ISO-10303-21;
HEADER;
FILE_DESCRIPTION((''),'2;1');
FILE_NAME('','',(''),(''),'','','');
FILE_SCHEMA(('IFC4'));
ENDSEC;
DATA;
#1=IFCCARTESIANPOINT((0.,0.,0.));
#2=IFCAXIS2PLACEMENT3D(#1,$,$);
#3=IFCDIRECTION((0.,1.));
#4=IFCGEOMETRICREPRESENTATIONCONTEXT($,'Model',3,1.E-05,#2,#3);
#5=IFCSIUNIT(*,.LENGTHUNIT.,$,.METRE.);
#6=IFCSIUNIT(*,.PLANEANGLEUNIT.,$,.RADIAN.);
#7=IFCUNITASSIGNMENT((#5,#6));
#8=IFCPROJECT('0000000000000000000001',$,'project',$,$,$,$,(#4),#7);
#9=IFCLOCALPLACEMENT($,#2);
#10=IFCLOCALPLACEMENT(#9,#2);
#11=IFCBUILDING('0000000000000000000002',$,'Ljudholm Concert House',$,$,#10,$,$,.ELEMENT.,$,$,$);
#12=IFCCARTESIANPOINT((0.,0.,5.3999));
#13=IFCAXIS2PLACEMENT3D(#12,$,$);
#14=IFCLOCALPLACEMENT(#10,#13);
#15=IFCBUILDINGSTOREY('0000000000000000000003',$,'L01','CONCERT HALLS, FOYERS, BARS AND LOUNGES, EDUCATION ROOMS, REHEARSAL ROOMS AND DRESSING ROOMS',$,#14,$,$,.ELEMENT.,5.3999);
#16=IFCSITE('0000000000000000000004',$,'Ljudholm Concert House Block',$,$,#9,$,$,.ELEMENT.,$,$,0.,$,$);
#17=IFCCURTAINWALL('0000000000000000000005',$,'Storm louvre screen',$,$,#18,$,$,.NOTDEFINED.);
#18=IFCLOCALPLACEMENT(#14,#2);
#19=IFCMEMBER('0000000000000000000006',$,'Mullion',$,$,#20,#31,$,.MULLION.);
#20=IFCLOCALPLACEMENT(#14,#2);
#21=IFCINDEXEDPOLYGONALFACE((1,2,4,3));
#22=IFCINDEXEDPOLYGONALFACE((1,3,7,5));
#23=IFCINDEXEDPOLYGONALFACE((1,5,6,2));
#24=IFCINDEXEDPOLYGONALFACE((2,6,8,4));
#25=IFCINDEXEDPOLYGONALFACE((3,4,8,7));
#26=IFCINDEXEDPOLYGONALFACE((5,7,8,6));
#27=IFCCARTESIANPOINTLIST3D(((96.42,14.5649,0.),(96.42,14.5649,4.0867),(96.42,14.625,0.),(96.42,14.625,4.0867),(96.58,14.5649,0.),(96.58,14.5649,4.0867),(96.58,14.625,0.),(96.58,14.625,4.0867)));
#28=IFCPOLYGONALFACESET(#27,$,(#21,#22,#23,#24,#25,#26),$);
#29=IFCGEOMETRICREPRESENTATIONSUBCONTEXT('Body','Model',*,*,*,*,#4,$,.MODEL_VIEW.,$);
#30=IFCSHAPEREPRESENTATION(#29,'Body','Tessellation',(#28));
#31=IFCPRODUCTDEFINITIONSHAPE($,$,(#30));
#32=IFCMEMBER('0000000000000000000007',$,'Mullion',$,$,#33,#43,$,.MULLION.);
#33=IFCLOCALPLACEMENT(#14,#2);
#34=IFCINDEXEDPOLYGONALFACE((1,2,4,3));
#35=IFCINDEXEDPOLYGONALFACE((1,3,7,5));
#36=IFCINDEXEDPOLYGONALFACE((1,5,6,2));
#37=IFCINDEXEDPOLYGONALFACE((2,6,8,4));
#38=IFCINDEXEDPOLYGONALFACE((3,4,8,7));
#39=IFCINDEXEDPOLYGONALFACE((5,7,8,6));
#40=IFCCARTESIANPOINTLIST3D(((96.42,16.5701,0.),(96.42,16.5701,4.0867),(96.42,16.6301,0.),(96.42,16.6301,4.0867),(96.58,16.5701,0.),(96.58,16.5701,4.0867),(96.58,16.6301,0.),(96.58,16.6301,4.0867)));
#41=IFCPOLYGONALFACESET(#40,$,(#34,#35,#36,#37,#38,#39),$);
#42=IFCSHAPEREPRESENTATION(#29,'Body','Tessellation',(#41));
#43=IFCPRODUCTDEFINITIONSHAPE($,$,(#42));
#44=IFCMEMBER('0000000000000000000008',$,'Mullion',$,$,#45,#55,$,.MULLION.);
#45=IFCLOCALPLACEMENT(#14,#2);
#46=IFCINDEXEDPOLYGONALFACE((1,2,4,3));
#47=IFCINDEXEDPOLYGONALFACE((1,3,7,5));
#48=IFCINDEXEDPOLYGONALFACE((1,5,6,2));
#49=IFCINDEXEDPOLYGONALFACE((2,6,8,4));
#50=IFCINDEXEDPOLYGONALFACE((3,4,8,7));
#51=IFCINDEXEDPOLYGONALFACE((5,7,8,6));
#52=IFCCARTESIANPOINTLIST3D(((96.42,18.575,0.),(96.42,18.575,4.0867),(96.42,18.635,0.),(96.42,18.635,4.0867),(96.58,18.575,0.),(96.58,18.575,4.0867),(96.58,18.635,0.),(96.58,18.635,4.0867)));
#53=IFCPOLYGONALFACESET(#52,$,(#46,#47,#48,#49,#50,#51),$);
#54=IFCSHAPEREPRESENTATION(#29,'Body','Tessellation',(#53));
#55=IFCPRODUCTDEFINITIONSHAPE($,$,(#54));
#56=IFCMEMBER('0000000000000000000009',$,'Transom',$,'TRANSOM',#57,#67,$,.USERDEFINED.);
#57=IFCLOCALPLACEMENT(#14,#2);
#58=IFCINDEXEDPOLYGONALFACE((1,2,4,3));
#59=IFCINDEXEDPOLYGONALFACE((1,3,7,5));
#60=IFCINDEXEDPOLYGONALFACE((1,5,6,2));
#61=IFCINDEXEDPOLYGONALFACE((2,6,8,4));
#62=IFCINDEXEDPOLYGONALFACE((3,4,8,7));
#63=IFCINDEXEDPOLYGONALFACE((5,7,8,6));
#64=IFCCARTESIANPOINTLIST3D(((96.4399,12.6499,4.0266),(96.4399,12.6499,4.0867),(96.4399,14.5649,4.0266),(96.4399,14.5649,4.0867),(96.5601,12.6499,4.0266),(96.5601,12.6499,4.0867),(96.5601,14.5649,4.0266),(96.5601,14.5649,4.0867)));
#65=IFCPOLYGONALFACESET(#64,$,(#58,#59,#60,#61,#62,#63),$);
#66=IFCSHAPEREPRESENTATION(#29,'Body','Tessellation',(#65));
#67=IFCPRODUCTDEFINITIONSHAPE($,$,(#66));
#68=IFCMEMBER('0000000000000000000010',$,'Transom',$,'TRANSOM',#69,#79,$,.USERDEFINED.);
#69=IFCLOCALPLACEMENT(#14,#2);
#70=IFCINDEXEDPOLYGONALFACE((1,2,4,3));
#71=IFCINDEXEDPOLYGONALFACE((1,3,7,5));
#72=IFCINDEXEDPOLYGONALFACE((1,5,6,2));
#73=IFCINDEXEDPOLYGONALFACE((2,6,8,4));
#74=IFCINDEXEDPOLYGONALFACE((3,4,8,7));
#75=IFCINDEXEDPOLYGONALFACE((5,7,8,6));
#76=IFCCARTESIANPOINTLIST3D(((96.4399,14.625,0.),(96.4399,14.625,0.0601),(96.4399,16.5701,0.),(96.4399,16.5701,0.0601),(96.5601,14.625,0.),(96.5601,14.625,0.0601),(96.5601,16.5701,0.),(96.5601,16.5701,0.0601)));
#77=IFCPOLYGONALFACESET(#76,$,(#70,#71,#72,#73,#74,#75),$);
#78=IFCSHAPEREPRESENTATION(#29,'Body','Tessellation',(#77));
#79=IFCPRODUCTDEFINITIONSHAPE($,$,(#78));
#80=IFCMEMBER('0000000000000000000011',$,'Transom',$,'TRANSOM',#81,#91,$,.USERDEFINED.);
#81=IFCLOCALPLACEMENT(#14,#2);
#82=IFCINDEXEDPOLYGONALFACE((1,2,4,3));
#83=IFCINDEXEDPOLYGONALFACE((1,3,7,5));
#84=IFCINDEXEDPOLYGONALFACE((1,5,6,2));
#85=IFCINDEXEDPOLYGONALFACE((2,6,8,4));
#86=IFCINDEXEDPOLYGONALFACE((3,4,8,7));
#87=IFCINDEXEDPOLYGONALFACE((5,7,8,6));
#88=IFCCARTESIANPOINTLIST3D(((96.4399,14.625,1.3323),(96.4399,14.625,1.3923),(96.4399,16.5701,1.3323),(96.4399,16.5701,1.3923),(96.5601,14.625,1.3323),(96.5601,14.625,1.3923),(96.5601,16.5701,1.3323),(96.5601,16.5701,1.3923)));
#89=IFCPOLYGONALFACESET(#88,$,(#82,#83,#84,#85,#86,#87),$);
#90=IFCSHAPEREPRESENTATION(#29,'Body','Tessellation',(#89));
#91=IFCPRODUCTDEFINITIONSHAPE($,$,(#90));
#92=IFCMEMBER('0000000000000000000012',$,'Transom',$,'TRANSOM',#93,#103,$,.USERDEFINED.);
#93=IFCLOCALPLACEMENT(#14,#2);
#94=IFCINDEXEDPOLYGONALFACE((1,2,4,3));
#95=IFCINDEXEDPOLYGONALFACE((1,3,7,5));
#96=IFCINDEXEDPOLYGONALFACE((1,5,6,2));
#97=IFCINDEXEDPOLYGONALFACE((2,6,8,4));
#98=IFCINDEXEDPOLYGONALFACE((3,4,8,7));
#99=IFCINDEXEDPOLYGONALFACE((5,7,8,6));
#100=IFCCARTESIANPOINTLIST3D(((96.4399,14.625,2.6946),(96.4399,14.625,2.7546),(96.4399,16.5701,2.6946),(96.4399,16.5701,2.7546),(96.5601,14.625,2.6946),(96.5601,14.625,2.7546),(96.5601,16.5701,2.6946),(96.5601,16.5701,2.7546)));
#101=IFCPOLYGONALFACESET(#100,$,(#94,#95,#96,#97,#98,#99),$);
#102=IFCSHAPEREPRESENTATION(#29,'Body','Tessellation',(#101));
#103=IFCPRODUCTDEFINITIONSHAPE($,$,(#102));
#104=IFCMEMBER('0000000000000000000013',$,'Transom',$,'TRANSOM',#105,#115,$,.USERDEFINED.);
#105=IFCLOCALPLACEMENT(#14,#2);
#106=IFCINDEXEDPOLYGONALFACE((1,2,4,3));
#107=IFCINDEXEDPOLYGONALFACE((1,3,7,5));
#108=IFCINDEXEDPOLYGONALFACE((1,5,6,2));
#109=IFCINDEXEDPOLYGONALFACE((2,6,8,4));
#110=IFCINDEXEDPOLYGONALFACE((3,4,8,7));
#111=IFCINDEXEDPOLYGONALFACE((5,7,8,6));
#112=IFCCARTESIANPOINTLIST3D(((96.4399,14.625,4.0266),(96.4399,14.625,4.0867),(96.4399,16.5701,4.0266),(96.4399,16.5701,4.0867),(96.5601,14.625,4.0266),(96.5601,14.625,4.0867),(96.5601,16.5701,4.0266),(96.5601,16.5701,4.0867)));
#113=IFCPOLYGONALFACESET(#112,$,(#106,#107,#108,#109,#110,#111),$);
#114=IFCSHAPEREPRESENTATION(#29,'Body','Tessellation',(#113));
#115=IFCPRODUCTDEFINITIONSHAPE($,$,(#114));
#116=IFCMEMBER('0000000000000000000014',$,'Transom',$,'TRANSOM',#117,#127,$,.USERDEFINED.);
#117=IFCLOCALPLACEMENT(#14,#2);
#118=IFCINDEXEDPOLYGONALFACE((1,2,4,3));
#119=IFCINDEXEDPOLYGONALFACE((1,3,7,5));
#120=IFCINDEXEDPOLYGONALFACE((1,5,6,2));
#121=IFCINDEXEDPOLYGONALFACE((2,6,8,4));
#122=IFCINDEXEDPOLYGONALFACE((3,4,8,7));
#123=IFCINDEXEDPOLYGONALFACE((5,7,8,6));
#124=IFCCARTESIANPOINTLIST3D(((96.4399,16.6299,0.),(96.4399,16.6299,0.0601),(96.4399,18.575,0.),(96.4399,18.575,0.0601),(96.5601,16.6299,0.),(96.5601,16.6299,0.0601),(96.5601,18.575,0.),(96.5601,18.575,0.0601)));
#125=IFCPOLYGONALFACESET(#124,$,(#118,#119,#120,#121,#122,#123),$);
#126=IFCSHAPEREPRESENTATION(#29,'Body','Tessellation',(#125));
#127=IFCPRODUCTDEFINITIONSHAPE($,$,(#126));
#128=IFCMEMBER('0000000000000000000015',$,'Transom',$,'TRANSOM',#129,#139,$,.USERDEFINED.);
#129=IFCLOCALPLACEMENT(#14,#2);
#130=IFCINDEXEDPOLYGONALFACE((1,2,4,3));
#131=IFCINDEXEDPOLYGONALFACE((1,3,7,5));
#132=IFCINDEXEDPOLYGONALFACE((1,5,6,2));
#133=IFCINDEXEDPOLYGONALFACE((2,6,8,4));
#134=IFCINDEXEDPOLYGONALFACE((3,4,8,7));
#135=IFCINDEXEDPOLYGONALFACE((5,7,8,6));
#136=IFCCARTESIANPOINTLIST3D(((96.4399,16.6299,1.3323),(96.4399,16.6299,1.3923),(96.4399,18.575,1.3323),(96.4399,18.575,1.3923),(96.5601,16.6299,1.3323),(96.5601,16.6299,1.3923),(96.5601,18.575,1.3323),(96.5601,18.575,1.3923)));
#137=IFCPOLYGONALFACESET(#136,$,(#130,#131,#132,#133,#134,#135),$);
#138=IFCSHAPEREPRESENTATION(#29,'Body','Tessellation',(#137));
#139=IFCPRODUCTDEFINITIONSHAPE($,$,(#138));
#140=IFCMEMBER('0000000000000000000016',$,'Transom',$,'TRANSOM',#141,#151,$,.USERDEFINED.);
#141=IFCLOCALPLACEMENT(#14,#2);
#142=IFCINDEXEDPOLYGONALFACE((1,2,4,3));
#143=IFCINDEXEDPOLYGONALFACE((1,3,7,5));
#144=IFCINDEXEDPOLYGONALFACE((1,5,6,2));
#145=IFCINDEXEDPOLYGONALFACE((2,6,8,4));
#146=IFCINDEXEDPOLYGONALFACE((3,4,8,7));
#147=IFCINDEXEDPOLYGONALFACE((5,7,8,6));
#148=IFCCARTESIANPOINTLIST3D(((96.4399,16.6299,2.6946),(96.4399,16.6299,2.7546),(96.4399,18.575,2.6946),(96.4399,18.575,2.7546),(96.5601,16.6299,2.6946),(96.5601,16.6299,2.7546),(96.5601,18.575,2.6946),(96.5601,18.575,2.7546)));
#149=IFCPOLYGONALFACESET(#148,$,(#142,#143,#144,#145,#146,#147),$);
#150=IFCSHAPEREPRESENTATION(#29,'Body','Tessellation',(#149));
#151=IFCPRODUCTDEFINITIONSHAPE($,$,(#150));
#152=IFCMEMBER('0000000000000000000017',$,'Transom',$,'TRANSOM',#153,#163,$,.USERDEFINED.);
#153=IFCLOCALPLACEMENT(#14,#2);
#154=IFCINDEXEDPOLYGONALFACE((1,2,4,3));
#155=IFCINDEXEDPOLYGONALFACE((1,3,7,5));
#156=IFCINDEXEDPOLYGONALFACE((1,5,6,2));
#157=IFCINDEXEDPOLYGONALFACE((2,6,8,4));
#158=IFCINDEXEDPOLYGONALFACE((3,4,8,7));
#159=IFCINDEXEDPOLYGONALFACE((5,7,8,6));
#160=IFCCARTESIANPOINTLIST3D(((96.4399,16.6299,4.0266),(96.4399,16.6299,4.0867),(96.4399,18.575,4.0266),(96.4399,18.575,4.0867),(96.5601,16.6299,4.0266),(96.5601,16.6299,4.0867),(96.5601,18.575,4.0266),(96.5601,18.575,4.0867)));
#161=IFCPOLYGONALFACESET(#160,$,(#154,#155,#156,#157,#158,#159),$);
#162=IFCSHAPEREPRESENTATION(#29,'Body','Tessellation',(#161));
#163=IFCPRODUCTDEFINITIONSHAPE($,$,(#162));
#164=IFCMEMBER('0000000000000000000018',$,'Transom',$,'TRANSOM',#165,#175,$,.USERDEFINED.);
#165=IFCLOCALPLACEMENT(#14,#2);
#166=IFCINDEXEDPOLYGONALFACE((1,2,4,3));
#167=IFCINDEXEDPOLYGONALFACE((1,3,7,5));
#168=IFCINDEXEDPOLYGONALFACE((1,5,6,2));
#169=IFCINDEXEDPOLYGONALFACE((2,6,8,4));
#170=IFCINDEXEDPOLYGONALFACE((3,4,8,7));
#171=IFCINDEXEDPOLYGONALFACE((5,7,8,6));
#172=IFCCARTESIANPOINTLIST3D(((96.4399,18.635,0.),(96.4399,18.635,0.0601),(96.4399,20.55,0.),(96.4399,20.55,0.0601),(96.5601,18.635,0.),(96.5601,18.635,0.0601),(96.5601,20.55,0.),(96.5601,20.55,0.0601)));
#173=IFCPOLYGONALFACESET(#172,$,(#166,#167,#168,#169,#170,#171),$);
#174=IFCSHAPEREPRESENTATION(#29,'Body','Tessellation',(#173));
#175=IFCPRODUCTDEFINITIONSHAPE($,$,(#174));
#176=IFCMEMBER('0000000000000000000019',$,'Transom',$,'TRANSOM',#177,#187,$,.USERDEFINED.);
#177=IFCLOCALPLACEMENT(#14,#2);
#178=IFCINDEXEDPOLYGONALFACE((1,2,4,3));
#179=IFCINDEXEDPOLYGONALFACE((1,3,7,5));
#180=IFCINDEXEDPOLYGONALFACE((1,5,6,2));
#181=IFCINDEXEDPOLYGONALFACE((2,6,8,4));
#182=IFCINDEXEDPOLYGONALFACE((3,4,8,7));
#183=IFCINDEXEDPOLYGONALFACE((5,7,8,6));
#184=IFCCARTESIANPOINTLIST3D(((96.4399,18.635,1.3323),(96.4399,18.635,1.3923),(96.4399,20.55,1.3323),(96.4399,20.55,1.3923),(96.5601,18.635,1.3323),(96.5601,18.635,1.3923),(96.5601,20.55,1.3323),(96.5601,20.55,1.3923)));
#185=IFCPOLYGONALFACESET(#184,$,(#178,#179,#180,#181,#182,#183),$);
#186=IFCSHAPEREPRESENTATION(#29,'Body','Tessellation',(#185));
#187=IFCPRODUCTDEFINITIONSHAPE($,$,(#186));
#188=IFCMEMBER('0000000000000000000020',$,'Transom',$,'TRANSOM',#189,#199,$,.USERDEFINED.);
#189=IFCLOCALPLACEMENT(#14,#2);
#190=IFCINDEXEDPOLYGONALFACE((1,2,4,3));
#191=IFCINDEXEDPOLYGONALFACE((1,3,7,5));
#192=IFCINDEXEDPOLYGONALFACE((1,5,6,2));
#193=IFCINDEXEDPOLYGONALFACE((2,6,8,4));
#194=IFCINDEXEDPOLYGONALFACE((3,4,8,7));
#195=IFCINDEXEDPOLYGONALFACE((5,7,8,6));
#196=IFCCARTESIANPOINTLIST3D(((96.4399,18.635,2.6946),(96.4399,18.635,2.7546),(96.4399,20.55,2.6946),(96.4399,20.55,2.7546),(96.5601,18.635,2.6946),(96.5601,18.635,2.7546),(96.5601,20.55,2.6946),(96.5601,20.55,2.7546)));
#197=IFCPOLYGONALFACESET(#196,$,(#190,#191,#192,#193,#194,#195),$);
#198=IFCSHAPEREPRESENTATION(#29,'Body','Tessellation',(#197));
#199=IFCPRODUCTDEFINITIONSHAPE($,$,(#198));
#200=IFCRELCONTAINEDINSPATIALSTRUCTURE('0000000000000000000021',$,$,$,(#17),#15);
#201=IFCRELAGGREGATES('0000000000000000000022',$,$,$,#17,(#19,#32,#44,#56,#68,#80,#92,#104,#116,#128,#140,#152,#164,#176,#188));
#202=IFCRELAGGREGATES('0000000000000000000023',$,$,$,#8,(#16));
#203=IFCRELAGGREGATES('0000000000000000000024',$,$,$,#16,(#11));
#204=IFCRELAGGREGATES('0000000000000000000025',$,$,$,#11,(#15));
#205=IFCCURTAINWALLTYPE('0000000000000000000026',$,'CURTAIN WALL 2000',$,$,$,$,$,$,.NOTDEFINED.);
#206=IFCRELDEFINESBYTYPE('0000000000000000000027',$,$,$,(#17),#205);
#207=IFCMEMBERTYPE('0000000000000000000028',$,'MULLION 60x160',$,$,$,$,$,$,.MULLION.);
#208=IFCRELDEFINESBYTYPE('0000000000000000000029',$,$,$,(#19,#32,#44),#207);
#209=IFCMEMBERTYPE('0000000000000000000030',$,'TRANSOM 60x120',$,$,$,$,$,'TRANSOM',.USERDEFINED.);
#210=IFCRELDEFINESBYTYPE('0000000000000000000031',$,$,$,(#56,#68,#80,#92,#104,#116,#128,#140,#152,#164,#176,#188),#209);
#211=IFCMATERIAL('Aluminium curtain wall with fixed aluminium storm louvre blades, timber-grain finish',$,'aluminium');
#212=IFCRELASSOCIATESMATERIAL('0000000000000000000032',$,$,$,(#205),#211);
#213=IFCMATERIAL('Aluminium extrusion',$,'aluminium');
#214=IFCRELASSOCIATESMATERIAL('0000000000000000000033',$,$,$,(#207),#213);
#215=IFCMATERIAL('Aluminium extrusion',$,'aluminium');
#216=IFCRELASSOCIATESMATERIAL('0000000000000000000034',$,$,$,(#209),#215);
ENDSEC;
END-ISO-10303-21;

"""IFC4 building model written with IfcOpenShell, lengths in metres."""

from ifc_helpers import new_model, si_unit, direction, frame, origin, origin_2d, place, context, subcontext, project, spatial, rectangle, extrude, material, material_profile, profile_set, type_object, element, aggregate, save


model = new_model("IFC4")

# Units and contexts
model_context = context("Model", 3, precision=1e-05, world=origin(), true_north=direction((0.0, 1.0)))
body_context = subcontext(model_context, "Body", "Model", "MODEL_VIEW")
ifc_project = project(units=[si_unit("LENGTHUNIT", "METRE"), si_unit("PLANEANGLEUNIT", "RADIAN")], contexts=[model_context])

# Site, building, storey
site_placement = place(None, origin())
site = spatial("IfcSite", under=ifc_project, at=site_placement, Name="Ljudholm Concert House Block", CompositionType="ELEMENT", RefElevation=0.0)
building_placement = place(site_placement, origin())
building = spatial("IfcBuilding", under=site, at=building_placement, Name="Ljudholm Concert House", CompositionType="ELEMENT")
storey_placement = place(building_placement, frame((0.0, 0.0, 5.3999)))
storey = spatial("IfcBuildingStorey", under=building, at=storey_placement, Name="L01", Description="CONCERT HALLS, FOYERS, BARS AND LOUNGES, EDUCATION ROOMS, REHEARSAL ROOMS AND DRESSING ROOMS", CompositionType="ELEMENT", Elevation=5.3999)

# Curtain wall, members
ifc_material_1 = material(Name="Aluminium curtain wall with fixed aluminium storm louvre blades, timber-grain finish", Category="aluminium")
curtain_wall_type = type_object("IfcCurtainWallType", Name="CURTAIN WALL 2000", PredefinedType="NOTDEFINED", material=ifc_material_1)
curtain_wall_placement = place(storey_placement, origin())
curtain_wall = element("IfcCurtainWall", 1, at=curtain_wall_placement, inside=storey, type_object=curtain_wall_type, Name="Storm louvre screen", PredefinedType="NOTDEFINED")
ifc_material_2 = material(Name="Aluminium extrusion", Category="aluminium")
ifc_material_profile_1 = material_profile(ifc_material_2, rectangle(XDim=0.1599, YDim=0.0601, at=origin_2d()), Name="MULLION 60x160")
ifc_profile_set_1 = profile_set([ifc_material_profile_1], Name="Aluminium extrusion")
member_type_1 = type_object("IfcMemberType", Name="MULLION 60x160", PredefinedType="MULLION", material=ifc_profile_set_1)
member_1_placement = place(storey_placement, frame((96.5, 14.595, 0.0), z_axis=(0.0, 0.0, 1.0), x_axis=(-1.0, 0.0, 0.0)))
member_1 = element("IfcMember", 2, at=member_1_placement, type_object=member_type_1, Name="Mullion", PredefinedType="MULLION", context=body_context, shape_type="SweptSolid", body=[
    extrude(rectangle(XDim=0.1599, YDim=0.0601, at=origin_2d()), origin(), (0.0, 0.0, 1.0), 4.0867),
])
member_2_placement = place(storey_placement, frame((96.5, 16.6001, 0.0), z_axis=(0.0, 0.0, 1.0), x_axis=(-1.0, 0.0, 0.0)))
member_2 = element("IfcMember", 3, at=member_2_placement, type_object=member_type_1, Name="Mullion", PredefinedType="MULLION", context=body_context, shape_type="SweptSolid", body=[
    extrude(rectangle(XDim=0.1599, YDim=0.0601, at=origin_2d()), origin(), (0.0, 0.0, 1.0), 4.0867),
])
member_3_placement = place(storey_placement, frame((96.5, 18.605, 0.0), z_axis=(0.0, 0.0, 1.0), x_axis=(-1.0, 0.0, 0.0)))
member_3 = element("IfcMember", 4, at=member_3_placement, type_object=member_type_1, Name="Mullion", PredefinedType="MULLION", context=body_context, shape_type="SweptSolid", body=[
    extrude(rectangle(XDim=0.1599, YDim=0.0601, at=origin_2d()), origin(), (0.0, 0.0, 1.0), 4.0867),
])
ifc_material_3 = material(Name="Aluminium extrusion", Category="aluminium")
ifc_material_profile_2 = material_profile(ifc_material_3, rectangle(XDim=0.1201, YDim=0.0601, at=origin_2d()), Name="TRANSOM 60x120")
ifc_profile_set_2 = profile_set([ifc_material_profile_2], Name="Aluminium extrusion")
member_type_2 = type_object("IfcMemberType", Name="TRANSOM 60x120", ElementType="TRANSOM", PredefinedType="USERDEFINED", material=ifc_profile_set_2)
member_4_placement = place(storey_placement, frame((96.5, 12.6499, 4.0566), z_axis=(0.0, 1.0, 0.0), x_axis=(-1.0, 0.0, 0.0)))
member_4 = element("IfcMember", 5, at=member_4_placement, type_object=member_type_2, Name="Transom", ObjectType="TRANSOM", PredefinedType="USERDEFINED", context=body_context, shape_type="SweptSolid", body=[
    extrude(rectangle(XDim=0.1201, YDim=0.0601, at=origin_2d()), origin(), (0.0, 0.0, 1.0), 1.915),
])
member_5_placement = place(storey_placement, frame((96.5, 14.625, 0.03), z_axis=(0.0, 1.0, 0.0), x_axis=(-1.0, 0.0, 0.0)))
member_5 = element("IfcMember", 6, at=member_5_placement, type_object=member_type_2, Name="Transom", ObjectType="TRANSOM", PredefinedType="USERDEFINED", context=body_context, shape_type="SweptSolid", body=[
    extrude(rectangle(XDim=0.1201, YDim=0.0601, at=origin_2d()), origin(), (0.0, 0.0, 1.0), 1.9451),
])
member_6_placement = place(storey_placement, frame((96.5, 14.625, 1.3623), z_axis=(0.0, 1.0, 0.0), x_axis=(-1.0, 0.0, 0.0)))
member_6 = element("IfcMember", 7, at=member_6_placement, type_object=member_type_2, Name="Transom", ObjectType="TRANSOM", PredefinedType="USERDEFINED", context=body_context, shape_type="SweptSolid", body=[
    extrude(rectangle(XDim=0.1201, YDim=0.0601, at=origin_2d()), origin(), (0.0, 0.0, 1.0), 1.9451),
])
member_7_placement = place(storey_placement, frame((96.5, 14.625, 2.7246), z_axis=(0.0, 1.0, 0.0), x_axis=(-1.0, 0.0, 0.0)))
member_7 = element("IfcMember", 8, at=member_7_placement, type_object=member_type_2, Name="Transom", ObjectType="TRANSOM", PredefinedType="USERDEFINED", context=body_context, shape_type="SweptSolid", body=[
    extrude(rectangle(XDim=0.1201, YDim=0.0601, at=origin_2d()), origin(), (0.0, 0.0, 1.0), 1.9451),
])
member_8_placement = place(storey_placement, frame((96.5, 14.625, 4.0566), z_axis=(0.0, 1.0, 0.0), x_axis=(-1.0, 0.0, 0.0)))
member_8 = element("IfcMember", 9, at=member_8_placement, type_object=member_type_2, Name="Transom", ObjectType="TRANSOM", PredefinedType="USERDEFINED", context=body_context, shape_type="SweptSolid", body=[
    extrude(rectangle(XDim=0.1201, YDim=0.0601, at=origin_2d()), origin(), (0.0, 0.0, 1.0), 1.9451),
])
member_9_placement = place(storey_placement, frame((96.5, 16.6299, 0.03), z_axis=(0.0, 1.0, 0.0), x_axis=(-1.0, 0.0, 0.0)))
member_9 = element("IfcMember", 10, at=member_9_placement, type_object=member_type_2, Name="Transom", ObjectType="TRANSOM", PredefinedType="USERDEFINED", context=body_context, shape_type="SweptSolid", body=[
    extrude(rectangle(XDim=0.1201, YDim=0.0601, at=origin_2d()), origin(), (0.0, 0.0, 1.0), 1.9451),
])
member_10_placement = place(storey_placement, frame((96.5, 16.6299, 1.3623), z_axis=(0.0, 1.0, 0.0), x_axis=(-1.0, 0.0, 0.0)))
member_10 = element("IfcMember", 11, at=member_10_placement, type_object=member_type_2, Name="Transom", ObjectType="TRANSOM", PredefinedType="USERDEFINED", context=body_context, shape_type="SweptSolid", body=[
    extrude(rectangle(XDim=0.1201, YDim=0.0601, at=origin_2d()), origin(), (0.0, 0.0, 1.0), 1.9451),
])
member_11_placement = place(storey_placement, frame((96.5, 16.6299, 2.7246), z_axis=(0.0, 1.0, 0.0), x_axis=(-1.0, 0.0, 0.0)))
member_11 = element("IfcMember", 12, at=member_11_placement, type_object=member_type_2, Name="Transom", ObjectType="TRANSOM", PredefinedType="USERDEFINED", context=body_context, shape_type="SweptSolid", body=[
    extrude(rectangle(XDim=0.1201, YDim=0.0601, at=origin_2d()), origin(), (0.0, 0.0, 1.0), 1.9451),
])
member_12_placement = place(storey_placement, frame((96.5, 16.6299, 4.0566), z_axis=(0.0, 1.0, 0.0), x_axis=(-1.0, 0.0, 0.0)))
member_12 = element("IfcMember", 13, at=member_12_placement, type_object=member_type_2, Name="Transom", ObjectType="TRANSOM", PredefinedType="USERDEFINED", context=body_context, shape_type="SweptSolid", body=[
    extrude(rectangle(XDim=0.1201, YDim=0.0601, at=origin_2d()), origin(), (0.0, 0.0, 1.0), 1.9451),
])
member_13_placement = place(storey_placement, frame((96.5, 18.635, 0.03), z_axis=(0.0, 1.0, 0.0), x_axis=(-1.0, 0.0, 0.0)))
member_13 = element("IfcMember", 14, at=member_13_placement, type_object=member_type_2, Name="Transom", ObjectType="TRANSOM", PredefinedType="USERDEFINED", context=body_context, shape_type="SweptSolid", body=[
    extrude(rectangle(XDim=0.1201, YDim=0.0601, at=origin_2d()), origin(), (0.0, 0.0, 1.0), 1.915),
])
member_14_placement = place(storey_placement, frame((96.5, 18.635, 1.3623), z_axis=(0.0, 1.0, 0.0), x_axis=(-1.0, 0.0, 0.0)))
member_14 = element("IfcMember", 15, at=member_14_placement, type_object=member_type_2, Name="Transom", ObjectType="TRANSOM", PredefinedType="USERDEFINED", context=body_context, shape_type="SweptSolid", body=[
    extrude(rectangle(XDim=0.1201, YDim=0.0601, at=origin_2d()), origin(), (0.0, 0.0, 1.0), 1.915),
])
member_15_placement = place(storey_placement, frame((96.5, 18.635, 2.7246), z_axis=(0.0, 1.0, 0.0), x_axis=(-1.0, 0.0, 0.0)))
member_15 = element("IfcMember", 16, at=member_15_placement, type_object=member_type_2, Name="Transom", ObjectType="TRANSOM", PredefinedType="USERDEFINED", context=body_context, shape_type="SweptSolid", body=[
    extrude(rectangle(XDim=0.1201, YDim=0.0601, at=origin_2d()), origin(), (0.0, 0.0, 1.0), 1.915),
])
aggregate(curtain_wall, [member_1, member_2, member_3, member_4, member_5, member_6, member_7, member_8, member_9, member_10, member_11, member_12, member_13, member_14, member_15])

save(model, "model.ifc")
